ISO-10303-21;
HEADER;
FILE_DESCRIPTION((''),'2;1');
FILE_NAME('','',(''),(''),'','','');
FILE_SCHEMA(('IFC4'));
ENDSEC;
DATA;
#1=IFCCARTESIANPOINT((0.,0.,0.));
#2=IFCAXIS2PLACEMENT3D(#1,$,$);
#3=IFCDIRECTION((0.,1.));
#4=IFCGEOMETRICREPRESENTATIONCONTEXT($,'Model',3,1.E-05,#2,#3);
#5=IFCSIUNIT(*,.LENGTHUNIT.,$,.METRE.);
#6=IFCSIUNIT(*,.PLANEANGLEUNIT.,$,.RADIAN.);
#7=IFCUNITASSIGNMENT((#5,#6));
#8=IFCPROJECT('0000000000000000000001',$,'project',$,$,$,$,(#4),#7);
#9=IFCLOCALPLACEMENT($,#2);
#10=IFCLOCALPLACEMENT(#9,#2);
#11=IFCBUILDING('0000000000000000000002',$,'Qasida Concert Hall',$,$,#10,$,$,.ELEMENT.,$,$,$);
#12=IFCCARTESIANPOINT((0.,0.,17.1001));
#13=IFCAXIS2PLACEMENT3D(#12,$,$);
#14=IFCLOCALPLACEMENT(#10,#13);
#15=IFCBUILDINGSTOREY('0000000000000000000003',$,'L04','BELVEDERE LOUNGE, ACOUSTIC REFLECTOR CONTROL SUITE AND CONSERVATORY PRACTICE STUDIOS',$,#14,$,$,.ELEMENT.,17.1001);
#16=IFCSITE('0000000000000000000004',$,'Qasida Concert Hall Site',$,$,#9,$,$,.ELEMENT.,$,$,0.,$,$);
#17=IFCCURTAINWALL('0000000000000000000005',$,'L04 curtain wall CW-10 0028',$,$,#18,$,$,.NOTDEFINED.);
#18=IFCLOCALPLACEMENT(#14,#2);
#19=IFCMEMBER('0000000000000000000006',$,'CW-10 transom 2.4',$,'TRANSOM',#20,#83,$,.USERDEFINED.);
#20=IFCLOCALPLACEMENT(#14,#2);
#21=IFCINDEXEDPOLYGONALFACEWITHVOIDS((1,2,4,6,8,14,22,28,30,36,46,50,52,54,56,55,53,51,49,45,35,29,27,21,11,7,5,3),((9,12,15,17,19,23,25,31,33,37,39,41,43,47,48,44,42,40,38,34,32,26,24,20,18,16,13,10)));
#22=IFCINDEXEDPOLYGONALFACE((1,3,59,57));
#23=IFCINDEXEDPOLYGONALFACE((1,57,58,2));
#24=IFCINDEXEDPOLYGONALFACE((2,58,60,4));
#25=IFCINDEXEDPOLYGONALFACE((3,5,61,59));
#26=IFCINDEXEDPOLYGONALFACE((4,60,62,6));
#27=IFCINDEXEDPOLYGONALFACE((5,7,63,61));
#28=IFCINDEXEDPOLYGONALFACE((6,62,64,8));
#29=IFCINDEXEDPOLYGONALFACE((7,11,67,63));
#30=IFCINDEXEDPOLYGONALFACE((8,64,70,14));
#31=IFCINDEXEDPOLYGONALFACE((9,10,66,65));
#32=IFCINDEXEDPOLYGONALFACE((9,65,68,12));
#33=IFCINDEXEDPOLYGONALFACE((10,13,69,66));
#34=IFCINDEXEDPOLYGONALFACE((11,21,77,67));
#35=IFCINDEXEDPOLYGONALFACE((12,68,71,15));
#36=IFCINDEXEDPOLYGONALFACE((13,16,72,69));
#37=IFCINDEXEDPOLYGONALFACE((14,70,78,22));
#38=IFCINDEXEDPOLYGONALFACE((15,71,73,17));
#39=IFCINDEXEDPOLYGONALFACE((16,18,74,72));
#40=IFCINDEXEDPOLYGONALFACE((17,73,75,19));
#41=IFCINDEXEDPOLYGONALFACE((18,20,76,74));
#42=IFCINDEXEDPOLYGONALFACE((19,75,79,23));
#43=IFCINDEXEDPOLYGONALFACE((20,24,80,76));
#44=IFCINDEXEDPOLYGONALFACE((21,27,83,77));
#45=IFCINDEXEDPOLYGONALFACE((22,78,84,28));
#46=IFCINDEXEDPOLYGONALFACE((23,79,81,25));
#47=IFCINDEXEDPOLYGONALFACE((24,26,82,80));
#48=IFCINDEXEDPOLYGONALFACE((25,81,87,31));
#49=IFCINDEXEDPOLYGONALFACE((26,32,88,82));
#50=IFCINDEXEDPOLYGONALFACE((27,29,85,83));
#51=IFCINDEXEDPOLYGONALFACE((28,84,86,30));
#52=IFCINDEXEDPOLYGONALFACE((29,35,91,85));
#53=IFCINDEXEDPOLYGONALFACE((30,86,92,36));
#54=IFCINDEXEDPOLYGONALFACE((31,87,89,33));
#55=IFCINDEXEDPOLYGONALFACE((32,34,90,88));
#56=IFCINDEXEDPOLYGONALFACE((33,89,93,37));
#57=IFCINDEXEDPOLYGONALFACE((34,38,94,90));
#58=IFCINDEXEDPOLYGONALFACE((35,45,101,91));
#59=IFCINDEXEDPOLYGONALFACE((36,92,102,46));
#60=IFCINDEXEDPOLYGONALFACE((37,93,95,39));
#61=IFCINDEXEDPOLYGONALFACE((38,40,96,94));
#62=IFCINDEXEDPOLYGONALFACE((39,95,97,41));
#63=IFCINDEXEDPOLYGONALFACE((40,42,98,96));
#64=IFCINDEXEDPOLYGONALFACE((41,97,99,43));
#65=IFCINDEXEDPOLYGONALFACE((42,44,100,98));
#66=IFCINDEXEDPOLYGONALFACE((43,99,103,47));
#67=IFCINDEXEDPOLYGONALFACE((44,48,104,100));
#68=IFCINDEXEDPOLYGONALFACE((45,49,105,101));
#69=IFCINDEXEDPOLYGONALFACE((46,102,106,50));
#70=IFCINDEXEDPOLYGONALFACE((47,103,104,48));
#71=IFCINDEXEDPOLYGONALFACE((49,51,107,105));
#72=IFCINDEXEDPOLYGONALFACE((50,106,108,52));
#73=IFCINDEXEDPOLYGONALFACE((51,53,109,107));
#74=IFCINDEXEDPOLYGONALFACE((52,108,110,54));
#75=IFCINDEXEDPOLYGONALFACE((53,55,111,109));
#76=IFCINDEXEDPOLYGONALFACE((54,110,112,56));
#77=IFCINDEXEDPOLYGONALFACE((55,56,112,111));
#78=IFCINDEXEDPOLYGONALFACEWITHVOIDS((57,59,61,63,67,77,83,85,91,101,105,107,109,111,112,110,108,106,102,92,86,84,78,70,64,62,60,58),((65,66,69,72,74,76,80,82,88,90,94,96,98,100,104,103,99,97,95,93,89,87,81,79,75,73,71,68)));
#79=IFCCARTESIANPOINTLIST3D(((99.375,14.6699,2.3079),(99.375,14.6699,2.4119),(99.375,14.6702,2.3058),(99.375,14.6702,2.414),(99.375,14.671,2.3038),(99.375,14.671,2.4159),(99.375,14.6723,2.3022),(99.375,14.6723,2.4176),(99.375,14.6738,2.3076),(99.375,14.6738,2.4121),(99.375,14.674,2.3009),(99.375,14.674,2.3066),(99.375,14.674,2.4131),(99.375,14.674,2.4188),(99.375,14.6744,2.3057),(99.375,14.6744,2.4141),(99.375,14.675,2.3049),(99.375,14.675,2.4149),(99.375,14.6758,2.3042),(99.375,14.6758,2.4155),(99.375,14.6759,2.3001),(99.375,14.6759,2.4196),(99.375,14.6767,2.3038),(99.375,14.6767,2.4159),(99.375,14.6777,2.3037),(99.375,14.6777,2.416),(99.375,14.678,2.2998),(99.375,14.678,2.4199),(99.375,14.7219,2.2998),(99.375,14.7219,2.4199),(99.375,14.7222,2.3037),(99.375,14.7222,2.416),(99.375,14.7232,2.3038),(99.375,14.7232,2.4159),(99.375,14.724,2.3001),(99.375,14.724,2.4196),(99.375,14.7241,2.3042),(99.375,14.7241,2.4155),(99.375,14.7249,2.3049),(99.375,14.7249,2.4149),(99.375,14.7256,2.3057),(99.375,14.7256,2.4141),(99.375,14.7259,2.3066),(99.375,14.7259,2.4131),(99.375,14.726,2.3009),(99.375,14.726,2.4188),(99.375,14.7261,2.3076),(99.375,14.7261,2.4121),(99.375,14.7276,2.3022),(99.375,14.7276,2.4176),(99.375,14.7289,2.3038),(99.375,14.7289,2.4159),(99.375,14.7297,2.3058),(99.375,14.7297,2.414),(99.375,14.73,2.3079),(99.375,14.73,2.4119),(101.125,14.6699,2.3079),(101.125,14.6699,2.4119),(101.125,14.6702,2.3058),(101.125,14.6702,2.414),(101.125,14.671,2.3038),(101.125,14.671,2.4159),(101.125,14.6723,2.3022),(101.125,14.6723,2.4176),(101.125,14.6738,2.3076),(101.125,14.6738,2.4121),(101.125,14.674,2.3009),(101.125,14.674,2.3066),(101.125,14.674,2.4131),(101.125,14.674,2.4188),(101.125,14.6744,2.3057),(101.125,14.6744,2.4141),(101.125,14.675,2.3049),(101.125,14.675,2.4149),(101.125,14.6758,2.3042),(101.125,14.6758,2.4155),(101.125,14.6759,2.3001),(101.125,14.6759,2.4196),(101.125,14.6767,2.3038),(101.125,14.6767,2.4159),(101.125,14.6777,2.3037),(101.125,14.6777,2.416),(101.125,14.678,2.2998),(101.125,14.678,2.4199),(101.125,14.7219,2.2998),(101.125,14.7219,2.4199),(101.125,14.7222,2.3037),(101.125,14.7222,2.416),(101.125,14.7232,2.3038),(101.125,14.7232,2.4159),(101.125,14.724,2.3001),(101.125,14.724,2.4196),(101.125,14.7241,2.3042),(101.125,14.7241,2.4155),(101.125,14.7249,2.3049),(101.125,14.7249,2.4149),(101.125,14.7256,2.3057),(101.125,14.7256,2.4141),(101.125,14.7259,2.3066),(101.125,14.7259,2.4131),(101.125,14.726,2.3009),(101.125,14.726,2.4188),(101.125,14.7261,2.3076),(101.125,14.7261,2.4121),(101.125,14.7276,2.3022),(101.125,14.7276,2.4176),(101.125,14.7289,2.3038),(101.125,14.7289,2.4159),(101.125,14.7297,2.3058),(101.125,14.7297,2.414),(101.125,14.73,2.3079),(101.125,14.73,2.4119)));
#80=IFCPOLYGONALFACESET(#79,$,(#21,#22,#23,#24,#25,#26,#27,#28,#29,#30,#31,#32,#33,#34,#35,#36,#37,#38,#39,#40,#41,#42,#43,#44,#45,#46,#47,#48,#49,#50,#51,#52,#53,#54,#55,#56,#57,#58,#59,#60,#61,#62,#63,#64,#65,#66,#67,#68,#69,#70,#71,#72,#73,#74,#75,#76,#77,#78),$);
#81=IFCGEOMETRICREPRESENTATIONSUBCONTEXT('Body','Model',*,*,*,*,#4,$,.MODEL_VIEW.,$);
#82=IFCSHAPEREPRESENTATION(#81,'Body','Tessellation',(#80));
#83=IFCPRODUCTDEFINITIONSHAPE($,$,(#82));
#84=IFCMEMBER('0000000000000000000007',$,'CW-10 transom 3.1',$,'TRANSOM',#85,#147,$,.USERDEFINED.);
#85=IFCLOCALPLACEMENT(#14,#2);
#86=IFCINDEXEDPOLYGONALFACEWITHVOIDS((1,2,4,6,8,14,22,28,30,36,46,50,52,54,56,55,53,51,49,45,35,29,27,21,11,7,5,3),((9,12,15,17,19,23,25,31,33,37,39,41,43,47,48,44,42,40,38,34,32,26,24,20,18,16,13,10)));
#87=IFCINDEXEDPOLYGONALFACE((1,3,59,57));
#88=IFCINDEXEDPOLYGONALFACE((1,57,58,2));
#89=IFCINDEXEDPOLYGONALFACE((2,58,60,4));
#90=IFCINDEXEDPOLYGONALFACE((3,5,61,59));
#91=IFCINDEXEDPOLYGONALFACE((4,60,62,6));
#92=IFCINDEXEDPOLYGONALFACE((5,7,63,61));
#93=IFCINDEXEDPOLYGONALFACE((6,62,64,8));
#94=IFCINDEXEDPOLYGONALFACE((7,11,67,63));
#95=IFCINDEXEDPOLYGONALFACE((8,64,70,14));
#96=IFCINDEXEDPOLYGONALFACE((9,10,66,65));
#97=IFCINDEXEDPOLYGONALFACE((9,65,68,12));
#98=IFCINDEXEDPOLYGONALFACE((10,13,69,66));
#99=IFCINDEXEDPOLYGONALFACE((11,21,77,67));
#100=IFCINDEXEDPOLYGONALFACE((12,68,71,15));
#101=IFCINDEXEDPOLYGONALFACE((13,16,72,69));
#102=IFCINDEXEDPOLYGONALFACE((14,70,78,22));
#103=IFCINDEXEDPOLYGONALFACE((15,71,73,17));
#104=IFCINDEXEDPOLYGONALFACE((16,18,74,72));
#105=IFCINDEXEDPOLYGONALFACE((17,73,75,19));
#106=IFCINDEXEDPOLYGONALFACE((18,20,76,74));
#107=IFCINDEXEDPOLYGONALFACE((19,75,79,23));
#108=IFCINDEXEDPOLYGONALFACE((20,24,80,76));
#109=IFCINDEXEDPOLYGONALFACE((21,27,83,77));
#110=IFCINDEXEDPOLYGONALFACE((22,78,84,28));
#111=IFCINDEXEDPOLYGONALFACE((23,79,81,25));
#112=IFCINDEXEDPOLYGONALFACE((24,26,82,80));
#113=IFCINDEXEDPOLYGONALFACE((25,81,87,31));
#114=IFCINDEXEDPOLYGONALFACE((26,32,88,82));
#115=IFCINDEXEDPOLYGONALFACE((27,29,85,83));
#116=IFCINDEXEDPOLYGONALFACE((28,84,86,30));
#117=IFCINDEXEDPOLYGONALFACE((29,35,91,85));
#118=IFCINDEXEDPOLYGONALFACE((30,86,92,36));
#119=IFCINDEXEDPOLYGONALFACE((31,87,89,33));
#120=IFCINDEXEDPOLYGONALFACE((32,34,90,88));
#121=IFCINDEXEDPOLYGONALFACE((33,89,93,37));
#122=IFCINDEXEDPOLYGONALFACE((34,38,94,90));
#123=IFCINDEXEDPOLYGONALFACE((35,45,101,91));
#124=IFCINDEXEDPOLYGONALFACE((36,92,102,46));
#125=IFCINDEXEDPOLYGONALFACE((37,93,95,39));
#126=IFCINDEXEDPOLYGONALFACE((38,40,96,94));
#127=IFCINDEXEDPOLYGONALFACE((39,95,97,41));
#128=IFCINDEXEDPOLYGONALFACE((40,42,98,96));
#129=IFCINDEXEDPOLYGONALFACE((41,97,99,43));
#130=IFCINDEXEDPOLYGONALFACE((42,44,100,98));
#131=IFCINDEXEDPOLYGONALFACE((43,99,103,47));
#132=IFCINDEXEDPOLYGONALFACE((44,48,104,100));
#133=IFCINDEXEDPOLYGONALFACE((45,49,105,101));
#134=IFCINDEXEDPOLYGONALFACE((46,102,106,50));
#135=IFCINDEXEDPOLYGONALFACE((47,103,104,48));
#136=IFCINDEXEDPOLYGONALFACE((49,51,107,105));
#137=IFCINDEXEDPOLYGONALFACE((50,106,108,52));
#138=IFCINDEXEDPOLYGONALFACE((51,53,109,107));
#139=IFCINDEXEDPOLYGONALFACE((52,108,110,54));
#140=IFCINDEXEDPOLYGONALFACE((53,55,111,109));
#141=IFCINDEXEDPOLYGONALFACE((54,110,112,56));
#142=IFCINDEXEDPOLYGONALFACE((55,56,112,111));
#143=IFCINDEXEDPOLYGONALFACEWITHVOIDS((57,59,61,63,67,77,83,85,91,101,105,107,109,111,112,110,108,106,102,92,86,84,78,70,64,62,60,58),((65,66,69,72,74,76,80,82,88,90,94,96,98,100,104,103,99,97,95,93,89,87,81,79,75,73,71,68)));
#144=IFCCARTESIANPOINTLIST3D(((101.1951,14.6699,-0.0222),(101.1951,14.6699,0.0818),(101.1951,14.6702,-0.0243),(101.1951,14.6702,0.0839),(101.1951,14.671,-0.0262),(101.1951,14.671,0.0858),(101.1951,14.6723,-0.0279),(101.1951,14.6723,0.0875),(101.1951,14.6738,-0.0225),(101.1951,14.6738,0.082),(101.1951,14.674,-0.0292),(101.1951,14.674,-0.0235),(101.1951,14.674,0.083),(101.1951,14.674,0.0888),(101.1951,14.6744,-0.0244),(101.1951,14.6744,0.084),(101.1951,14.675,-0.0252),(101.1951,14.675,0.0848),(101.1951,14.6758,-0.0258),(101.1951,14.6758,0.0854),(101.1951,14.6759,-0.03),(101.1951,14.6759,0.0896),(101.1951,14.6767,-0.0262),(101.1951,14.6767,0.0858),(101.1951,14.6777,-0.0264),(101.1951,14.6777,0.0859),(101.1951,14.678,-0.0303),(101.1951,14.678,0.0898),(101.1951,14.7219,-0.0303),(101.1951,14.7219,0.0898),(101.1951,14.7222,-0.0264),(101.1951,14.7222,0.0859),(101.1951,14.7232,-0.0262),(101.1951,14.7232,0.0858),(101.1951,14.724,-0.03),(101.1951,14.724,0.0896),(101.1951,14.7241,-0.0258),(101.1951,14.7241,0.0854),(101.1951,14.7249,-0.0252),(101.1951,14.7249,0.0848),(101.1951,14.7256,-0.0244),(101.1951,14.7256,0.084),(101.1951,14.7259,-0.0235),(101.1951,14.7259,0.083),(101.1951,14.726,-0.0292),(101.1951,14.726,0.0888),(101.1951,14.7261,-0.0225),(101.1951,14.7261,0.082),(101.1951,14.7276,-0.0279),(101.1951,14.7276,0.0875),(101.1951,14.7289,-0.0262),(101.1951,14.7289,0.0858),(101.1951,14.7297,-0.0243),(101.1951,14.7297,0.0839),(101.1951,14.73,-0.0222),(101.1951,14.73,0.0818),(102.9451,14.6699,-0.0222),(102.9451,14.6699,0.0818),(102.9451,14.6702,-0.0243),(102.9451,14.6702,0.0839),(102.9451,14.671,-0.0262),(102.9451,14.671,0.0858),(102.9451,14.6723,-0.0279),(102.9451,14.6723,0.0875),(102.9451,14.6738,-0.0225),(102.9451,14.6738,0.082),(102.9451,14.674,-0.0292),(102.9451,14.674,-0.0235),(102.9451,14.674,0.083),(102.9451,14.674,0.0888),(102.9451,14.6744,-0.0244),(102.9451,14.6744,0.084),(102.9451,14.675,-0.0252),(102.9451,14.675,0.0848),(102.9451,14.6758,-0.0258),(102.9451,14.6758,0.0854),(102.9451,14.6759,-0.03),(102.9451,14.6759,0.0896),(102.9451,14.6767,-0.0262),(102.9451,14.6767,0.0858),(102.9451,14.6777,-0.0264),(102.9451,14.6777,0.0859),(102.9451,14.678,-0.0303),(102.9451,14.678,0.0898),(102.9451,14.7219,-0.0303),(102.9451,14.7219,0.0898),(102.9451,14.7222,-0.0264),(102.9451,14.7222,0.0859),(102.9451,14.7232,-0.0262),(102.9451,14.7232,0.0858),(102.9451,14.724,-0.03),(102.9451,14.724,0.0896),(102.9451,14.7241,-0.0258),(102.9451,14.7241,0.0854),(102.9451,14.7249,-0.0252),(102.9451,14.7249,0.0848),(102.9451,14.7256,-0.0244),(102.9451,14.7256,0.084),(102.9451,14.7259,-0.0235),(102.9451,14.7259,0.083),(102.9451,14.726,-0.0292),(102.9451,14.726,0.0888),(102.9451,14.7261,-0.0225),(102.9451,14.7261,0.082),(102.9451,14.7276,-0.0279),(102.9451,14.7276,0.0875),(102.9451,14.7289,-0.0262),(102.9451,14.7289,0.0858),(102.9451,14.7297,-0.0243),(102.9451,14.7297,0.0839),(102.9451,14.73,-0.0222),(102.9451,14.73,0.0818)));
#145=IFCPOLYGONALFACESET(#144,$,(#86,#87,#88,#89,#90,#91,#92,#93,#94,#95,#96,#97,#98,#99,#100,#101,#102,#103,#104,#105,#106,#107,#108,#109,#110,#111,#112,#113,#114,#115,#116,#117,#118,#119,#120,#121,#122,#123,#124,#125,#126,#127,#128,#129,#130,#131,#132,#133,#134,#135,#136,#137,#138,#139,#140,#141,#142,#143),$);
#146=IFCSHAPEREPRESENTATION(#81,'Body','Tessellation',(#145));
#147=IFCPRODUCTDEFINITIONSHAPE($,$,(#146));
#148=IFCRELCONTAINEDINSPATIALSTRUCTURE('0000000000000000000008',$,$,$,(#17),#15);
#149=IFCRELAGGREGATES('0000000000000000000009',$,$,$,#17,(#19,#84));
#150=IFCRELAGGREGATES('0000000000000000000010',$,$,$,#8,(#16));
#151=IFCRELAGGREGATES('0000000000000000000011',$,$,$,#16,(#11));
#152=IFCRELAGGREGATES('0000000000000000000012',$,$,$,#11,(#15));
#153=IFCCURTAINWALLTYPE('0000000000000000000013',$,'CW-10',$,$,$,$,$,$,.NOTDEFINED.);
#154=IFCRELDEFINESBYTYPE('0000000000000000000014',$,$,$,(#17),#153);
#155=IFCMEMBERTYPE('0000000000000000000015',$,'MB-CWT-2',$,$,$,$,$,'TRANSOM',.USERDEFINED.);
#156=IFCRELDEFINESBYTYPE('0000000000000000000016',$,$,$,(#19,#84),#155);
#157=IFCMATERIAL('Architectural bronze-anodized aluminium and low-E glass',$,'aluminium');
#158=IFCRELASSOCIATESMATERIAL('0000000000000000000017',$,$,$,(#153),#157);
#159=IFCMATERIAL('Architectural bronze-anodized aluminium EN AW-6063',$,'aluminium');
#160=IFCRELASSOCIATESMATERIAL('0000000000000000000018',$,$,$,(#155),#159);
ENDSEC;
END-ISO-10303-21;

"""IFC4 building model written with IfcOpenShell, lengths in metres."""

from ifc_helpers import new_model, si_unit, direction, frame, origin, origin_2d, place, context, subcontext, project, spatial, hollow_rectangle, extrude, material, material_profile, profile_set, type_object, element, aggregate, save


model = new_model("IFC4")

# Units and contexts
model_context = context("Model", 3, precision=1e-05, world=origin(), true_north=direction((0.0, 1.0)))
body_context = subcontext(model_context, "Body", "Model", "MODEL_VIEW")
ifc_project = project(units=[si_unit("LENGTHUNIT", "METRE"), si_unit("PLANEANGLEUNIT", "RADIAN")], contexts=[model_context])

# Site, building, storey
site_placement = place(None, origin())
site = spatial("IfcSite", under=ifc_project, at=site_placement, Name="Qasida Concert Hall Site", CompositionType="ELEMENT", RefElevation=0.0)
building_placement = place(site_placement, origin())
building = spatial("IfcBuilding", under=site, at=building_placement, Name="Qasida Concert Hall", CompositionType="ELEMENT")
storey_placement = place(building_placement, frame((0.0, 0.0, 17.1001)))
storey = spatial("IfcBuildingStorey", under=building, at=storey_placement, Name="L04", Description="BELVEDERE LOUNGE, ACOUSTIC REFLECTOR CONTROL SUITE AND CONSERVATORY PRACTICE STUDIOS", CompositionType="ELEMENT", Elevation=17.1001)

# Curtain wall, members
ifc_material_1 = material(Name="Architectural bronze-anodized aluminium and low-E glass", Category="aluminium")
curtain_wall_type = type_object("IfcCurtainWallType", Name="CW-10", PredefinedType="NOTDEFINED", material=ifc_material_1)
curtain_wall_placement = place(storey_placement, origin())
curtain_wall = element("IfcCurtainWall", 1, at=curtain_wall_placement, inside=storey, type_object=curtain_wall_type, Name="L04 curtain wall CW-10 0028", PredefinedType="NOTDEFINED")
ifc_material_2 = material(Name="Architectural bronze-anodized aluminium EN AW-6063", Category="aluminium")
ifc_material_profile_1 = material_profile(ifc_material_2, hollow_rectangle(XDim=0.0601, YDim=0.1201, WallThickness=0.0039, InnerFilletRadius=0.0039, OuterFilletRadius=0.0081, at=origin_2d()), Name="CWT 120x60x4")
ifc_profile_set_1 = profile_set([ifc_material_profile_1], Name="Architectural bronze-anodized aluminium EN AW-6063")
member_type_1 = type_object("IfcMemberType", Name="MB-CWT-2", ElementType="TRANSOM", PredefinedType="USERDEFINED", material=ifc_profile_set_1)
member_1_placement = place(storey_placement, frame((99.375, 14.7, 2.3599), z_axis=(1.0, 0.0, 0.0), x_axis=(0.0, 1.0, 0.0)))
member_1 = element("IfcMember", 2, at=member_1_placement, type_object=member_type_1, Name="CW-10 transom 2.4", ObjectType="TRANSOM", PredefinedType="USERDEFINED", context=body_context, shape_type="SweptSolid", body=[
    extrude(hollow_rectangle(XDim=0.0601, YDim=0.1201, WallThickness=0.0039, InnerFilletRadius=0.0039, OuterFilletRadius=0.0081, at=origin_2d()), origin(), (0.0, 0.0, 1.0), 1.75),
])
member_2_placement = place(storey_placement, frame((101.1951, 14.7, 0.0298), z_axis=(1.0, 0.0, 0.0), x_axis=(0.0, 1.0, 0.0)))
member_2 = element("IfcMember", 3, at=member_2_placement, type_object=member_type_1, Name="CW-10 transom 3.1", ObjectType="TRANSOM", PredefinedType="USERDEFINED", context=body_context, shape_type="SweptSolid", body=[
    extrude(hollow_rectangle(XDim=0.0601, YDim=0.1201, WallThickness=0.0039, InnerFilletRadius=0.0039, OuterFilletRadius=0.0081, at=origin_2d()), origin(), (0.0, 0.0, 1.0), 1.75),
])
aggregate(curtain_wall, [member_1, member_2])

save(model, "model.ifc")
